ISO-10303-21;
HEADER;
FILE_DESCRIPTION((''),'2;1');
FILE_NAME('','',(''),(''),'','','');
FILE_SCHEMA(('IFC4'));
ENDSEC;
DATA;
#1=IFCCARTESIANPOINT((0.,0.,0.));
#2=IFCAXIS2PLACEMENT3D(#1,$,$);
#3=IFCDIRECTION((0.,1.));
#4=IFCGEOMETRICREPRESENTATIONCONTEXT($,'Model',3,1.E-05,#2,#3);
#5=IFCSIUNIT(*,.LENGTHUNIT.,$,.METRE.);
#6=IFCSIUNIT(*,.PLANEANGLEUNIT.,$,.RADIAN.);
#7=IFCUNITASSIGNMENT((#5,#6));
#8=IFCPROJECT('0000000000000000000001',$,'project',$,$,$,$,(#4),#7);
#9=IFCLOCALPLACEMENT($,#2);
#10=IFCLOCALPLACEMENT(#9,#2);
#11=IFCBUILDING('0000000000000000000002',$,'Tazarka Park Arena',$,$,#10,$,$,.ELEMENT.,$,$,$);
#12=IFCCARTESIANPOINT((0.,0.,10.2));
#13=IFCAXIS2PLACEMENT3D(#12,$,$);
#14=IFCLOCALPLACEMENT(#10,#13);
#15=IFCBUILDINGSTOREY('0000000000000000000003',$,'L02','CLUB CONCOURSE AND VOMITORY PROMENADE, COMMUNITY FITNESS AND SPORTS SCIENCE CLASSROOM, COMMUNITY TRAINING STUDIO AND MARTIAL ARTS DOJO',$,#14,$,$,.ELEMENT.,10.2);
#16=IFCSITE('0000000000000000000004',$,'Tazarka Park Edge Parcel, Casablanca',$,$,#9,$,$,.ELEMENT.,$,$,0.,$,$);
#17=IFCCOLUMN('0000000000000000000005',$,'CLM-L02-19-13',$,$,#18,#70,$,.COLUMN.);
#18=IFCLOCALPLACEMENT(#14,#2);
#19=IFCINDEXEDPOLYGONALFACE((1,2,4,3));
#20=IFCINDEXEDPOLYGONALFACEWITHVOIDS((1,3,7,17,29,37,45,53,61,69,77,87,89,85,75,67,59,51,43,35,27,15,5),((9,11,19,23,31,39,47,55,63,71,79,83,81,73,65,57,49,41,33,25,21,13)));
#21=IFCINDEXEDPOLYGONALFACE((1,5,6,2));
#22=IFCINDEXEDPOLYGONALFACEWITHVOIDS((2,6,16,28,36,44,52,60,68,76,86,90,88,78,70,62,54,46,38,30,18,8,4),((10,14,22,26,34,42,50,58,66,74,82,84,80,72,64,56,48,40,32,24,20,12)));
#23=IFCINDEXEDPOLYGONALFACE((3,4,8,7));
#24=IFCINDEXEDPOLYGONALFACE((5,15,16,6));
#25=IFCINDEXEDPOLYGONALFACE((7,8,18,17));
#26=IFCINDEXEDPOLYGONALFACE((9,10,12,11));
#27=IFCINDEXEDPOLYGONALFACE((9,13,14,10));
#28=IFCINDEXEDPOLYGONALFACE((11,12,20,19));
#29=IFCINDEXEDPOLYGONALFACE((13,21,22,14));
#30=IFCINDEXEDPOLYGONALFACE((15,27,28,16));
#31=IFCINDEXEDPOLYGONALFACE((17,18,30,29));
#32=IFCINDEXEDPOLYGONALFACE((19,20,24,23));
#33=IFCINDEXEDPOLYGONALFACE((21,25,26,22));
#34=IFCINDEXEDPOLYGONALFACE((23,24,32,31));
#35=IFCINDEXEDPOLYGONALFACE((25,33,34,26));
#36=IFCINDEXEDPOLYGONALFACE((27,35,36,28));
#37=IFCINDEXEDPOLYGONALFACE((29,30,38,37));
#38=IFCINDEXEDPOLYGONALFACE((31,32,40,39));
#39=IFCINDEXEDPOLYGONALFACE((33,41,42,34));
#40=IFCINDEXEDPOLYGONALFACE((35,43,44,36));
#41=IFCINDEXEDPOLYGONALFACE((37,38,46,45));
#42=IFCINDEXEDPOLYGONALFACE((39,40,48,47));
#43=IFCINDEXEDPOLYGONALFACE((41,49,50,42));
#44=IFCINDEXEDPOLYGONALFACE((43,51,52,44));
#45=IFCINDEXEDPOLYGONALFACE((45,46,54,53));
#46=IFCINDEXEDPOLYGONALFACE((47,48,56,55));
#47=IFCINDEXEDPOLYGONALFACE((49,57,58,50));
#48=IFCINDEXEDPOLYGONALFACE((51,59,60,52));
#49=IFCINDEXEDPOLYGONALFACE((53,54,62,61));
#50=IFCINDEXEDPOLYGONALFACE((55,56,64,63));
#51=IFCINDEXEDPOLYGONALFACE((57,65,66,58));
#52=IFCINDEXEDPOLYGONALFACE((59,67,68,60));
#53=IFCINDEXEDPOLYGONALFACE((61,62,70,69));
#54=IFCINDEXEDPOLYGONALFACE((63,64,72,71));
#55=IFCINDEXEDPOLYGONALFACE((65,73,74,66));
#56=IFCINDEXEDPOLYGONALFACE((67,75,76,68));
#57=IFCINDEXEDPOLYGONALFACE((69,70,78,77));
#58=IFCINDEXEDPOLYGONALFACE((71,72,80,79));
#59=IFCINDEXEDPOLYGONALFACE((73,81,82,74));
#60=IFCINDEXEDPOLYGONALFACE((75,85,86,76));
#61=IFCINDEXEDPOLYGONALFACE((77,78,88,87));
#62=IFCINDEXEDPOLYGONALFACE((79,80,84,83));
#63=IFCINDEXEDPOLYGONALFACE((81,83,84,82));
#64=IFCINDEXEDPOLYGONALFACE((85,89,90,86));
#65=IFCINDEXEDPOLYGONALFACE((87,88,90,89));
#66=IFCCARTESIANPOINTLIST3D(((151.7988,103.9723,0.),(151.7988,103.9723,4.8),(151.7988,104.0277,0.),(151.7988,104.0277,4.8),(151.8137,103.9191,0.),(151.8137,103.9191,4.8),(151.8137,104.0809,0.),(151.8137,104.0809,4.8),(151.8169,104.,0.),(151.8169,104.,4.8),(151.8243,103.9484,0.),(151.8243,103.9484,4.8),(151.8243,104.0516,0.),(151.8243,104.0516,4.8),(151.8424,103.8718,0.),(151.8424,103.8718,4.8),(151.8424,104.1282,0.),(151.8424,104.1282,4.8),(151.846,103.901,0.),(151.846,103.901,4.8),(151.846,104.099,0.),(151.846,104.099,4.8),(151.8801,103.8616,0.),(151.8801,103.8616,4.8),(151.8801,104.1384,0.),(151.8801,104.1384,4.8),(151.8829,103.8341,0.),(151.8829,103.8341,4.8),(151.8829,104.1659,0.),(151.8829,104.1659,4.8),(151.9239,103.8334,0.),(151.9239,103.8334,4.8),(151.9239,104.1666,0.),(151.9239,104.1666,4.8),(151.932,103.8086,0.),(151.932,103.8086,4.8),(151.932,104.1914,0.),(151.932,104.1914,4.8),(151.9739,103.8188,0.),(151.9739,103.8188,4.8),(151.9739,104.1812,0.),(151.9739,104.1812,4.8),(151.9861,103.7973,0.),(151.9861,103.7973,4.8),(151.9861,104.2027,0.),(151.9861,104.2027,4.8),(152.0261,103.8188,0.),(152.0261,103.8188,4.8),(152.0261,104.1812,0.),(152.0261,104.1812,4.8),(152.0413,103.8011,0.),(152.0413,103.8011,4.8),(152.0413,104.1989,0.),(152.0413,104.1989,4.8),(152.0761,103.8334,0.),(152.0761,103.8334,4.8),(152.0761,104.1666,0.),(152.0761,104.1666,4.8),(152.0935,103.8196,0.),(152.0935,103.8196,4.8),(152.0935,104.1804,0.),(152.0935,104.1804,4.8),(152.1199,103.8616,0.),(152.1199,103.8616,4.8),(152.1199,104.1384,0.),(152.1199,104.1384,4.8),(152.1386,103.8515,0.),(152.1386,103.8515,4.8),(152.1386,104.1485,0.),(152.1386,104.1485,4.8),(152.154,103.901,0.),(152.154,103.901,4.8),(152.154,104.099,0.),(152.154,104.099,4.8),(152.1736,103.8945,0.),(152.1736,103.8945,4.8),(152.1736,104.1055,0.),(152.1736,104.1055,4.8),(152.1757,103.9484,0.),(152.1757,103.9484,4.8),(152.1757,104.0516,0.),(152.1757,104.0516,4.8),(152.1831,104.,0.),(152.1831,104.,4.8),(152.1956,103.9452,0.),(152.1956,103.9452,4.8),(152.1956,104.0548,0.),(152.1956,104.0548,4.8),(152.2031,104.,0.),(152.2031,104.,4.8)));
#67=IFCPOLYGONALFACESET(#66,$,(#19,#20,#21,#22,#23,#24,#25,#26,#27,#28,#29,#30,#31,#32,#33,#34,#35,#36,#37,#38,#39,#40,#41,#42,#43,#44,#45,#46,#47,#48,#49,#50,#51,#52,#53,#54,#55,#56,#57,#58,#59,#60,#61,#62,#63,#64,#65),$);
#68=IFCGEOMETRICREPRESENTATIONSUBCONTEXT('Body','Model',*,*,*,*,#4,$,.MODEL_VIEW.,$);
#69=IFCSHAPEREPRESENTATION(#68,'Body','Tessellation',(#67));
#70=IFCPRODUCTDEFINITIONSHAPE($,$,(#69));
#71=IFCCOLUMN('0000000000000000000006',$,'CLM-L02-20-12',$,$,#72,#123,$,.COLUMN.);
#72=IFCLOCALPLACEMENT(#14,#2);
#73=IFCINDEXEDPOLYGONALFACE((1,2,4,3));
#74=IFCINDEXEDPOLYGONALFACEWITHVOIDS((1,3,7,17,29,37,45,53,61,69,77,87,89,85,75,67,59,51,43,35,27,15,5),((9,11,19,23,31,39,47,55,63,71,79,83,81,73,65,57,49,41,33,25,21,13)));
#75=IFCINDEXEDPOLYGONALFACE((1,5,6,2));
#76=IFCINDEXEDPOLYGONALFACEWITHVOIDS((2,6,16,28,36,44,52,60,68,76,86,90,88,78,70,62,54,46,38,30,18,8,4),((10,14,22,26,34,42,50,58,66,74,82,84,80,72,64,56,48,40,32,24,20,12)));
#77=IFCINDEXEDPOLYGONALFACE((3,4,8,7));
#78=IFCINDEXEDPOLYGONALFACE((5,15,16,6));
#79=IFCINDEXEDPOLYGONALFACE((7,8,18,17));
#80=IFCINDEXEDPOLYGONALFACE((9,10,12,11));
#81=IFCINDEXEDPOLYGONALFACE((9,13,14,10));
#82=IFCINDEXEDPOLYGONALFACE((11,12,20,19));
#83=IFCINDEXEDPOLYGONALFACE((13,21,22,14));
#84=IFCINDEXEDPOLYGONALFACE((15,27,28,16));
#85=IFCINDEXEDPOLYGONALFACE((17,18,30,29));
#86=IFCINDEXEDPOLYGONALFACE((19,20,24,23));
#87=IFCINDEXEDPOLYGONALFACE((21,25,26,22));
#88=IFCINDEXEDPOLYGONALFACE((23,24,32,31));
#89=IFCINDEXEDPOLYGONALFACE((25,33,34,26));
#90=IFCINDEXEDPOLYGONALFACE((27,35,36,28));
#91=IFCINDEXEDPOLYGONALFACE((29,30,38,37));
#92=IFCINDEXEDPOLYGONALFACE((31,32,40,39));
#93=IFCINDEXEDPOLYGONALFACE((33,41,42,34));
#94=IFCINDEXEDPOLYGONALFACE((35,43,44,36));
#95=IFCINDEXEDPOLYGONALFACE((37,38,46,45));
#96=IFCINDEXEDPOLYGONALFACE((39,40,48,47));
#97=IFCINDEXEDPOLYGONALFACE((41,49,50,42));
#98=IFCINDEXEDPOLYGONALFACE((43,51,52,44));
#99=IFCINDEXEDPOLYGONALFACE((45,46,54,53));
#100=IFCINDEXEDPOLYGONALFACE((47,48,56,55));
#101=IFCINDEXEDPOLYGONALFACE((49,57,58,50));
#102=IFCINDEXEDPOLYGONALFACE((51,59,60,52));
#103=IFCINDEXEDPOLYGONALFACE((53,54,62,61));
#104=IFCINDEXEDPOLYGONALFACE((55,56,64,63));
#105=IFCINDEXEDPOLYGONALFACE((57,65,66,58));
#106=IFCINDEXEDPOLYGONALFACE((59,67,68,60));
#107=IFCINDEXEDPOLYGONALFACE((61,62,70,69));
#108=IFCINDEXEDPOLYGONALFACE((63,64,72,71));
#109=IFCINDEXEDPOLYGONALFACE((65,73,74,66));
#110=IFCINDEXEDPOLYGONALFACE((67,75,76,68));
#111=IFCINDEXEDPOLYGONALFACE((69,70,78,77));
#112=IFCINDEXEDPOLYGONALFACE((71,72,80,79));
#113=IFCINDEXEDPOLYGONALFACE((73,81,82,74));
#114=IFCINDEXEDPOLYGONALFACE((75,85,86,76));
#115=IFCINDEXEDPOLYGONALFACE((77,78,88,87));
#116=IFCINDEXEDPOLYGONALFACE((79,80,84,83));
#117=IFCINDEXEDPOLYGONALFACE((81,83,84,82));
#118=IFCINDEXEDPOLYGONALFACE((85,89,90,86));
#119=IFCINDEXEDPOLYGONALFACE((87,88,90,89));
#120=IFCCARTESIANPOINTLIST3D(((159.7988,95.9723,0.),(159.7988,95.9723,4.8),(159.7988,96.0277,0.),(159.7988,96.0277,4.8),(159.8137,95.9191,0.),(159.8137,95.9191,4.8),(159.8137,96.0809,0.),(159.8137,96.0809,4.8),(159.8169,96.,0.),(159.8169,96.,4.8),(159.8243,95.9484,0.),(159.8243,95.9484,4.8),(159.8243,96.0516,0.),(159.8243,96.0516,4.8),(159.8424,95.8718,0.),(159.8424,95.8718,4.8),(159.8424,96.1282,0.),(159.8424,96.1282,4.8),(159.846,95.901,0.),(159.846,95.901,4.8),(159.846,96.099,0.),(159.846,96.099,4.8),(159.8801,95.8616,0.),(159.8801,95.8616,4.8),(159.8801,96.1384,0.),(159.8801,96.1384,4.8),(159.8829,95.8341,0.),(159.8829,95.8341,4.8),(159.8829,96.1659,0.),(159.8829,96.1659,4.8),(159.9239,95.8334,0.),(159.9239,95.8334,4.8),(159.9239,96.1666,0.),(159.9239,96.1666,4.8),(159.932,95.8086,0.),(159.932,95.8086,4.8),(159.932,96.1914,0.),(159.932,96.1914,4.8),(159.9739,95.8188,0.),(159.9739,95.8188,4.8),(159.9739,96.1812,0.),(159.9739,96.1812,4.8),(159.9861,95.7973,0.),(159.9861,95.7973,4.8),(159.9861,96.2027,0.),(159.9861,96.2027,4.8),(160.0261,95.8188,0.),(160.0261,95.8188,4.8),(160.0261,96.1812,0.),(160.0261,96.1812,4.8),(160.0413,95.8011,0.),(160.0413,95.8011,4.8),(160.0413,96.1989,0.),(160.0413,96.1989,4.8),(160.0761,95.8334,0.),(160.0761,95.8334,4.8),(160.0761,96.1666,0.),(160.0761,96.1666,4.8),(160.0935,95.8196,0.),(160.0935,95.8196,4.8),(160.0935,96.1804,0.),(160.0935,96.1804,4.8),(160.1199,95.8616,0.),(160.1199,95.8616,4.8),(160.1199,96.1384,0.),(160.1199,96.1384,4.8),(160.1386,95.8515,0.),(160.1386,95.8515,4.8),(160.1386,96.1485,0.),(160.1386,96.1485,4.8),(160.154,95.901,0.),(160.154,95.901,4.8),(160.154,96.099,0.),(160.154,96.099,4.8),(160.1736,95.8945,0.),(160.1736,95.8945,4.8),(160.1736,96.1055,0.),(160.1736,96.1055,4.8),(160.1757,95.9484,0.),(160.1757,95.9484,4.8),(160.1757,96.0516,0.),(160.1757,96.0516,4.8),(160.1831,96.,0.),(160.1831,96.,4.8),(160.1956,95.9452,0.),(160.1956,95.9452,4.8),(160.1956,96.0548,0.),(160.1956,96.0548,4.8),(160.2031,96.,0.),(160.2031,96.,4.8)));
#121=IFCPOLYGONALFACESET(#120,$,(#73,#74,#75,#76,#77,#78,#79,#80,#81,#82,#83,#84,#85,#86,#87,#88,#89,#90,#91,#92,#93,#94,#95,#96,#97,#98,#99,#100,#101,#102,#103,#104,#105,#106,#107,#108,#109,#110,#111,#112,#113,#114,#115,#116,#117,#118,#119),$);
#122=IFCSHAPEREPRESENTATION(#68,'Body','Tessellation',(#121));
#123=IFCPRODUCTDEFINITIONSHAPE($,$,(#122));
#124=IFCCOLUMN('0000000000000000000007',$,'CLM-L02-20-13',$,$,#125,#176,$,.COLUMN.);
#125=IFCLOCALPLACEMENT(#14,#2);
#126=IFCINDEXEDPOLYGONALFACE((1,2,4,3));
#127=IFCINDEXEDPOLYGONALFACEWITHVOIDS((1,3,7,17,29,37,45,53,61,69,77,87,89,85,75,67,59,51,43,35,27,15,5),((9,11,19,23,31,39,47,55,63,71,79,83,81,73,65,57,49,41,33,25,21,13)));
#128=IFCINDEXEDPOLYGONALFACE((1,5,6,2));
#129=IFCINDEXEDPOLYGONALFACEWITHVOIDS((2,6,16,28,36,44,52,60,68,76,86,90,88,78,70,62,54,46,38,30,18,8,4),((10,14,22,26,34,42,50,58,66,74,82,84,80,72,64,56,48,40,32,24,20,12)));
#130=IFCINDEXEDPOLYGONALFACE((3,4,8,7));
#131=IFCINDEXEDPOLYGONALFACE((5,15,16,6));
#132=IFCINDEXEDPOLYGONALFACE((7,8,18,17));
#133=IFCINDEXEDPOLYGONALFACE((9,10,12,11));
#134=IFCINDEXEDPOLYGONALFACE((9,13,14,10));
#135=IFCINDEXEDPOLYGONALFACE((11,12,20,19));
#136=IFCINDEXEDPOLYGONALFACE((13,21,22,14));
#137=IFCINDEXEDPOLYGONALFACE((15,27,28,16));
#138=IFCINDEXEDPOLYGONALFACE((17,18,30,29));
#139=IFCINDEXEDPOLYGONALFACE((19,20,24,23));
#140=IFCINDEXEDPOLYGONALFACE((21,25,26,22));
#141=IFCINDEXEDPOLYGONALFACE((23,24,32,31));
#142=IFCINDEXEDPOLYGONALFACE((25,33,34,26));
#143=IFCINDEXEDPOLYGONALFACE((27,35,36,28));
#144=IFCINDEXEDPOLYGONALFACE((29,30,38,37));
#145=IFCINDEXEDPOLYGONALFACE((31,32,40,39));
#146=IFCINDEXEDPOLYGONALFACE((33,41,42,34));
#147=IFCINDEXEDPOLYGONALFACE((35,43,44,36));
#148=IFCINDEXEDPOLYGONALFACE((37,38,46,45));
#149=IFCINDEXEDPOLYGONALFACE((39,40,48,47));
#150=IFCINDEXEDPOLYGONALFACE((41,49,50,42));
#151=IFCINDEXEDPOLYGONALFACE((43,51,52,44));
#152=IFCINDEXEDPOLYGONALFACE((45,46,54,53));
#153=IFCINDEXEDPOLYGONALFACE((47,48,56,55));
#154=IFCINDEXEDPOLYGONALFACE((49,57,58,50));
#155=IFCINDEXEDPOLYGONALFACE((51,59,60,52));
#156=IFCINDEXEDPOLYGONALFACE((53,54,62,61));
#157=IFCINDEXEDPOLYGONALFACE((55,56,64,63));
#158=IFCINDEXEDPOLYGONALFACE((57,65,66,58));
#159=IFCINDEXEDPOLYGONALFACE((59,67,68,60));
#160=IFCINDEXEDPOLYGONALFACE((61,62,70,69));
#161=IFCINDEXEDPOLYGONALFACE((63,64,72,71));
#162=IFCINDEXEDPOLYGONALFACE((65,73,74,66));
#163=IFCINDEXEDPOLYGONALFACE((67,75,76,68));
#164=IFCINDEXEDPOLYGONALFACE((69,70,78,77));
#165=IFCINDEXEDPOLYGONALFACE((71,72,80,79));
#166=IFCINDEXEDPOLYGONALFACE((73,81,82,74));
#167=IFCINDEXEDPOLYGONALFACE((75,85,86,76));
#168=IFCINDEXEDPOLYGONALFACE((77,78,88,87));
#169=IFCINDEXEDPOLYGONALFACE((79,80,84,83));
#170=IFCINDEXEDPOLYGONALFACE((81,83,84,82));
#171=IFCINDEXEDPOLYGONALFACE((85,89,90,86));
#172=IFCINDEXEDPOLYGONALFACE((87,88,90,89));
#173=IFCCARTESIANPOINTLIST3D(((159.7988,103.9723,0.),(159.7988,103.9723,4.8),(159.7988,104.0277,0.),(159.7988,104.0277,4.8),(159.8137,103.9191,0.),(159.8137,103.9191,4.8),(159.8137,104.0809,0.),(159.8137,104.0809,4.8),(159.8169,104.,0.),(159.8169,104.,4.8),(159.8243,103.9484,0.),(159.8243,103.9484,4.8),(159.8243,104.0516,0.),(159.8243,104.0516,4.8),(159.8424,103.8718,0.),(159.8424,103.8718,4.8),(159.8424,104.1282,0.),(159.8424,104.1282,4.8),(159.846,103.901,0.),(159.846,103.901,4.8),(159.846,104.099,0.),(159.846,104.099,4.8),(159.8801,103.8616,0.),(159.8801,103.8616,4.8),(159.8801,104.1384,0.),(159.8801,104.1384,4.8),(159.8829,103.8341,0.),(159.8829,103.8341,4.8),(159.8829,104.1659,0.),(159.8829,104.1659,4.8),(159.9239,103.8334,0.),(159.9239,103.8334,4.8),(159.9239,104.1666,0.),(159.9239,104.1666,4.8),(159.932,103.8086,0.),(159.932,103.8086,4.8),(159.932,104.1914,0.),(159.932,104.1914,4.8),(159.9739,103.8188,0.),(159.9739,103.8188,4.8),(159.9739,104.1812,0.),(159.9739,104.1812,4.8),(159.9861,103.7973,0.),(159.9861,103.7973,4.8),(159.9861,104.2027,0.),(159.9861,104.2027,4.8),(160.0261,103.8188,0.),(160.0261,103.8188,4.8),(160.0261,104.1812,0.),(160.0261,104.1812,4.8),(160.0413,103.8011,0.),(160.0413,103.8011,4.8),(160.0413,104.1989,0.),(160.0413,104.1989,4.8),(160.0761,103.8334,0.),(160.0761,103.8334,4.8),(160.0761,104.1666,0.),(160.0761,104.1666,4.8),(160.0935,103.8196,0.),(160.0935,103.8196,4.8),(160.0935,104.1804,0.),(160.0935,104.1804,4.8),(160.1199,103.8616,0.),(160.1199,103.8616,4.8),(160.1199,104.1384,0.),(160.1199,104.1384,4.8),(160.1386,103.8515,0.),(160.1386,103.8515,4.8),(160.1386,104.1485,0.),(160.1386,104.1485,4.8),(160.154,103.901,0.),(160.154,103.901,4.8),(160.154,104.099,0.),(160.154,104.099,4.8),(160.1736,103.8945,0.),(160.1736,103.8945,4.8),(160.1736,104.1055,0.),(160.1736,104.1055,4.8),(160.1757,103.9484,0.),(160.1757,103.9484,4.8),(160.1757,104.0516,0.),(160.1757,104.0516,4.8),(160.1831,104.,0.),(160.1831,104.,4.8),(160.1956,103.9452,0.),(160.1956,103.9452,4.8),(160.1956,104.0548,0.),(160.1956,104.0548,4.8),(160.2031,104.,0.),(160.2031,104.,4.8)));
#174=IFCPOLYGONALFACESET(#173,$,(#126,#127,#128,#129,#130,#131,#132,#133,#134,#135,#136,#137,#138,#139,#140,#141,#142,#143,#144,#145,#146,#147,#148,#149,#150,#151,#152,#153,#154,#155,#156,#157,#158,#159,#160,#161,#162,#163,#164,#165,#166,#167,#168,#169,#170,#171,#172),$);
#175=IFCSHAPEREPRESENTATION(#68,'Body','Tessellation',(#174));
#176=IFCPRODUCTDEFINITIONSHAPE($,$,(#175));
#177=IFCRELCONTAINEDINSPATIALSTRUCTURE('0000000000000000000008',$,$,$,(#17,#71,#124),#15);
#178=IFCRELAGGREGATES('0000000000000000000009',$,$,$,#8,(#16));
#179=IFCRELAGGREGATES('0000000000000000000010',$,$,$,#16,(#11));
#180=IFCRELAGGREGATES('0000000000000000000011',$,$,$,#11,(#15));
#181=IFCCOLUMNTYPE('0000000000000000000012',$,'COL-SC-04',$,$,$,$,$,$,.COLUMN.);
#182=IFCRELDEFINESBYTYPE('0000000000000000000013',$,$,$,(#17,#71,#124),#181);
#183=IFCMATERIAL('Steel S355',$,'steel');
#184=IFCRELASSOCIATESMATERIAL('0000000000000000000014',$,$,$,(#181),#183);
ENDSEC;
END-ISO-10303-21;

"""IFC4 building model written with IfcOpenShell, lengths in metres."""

from ifc_helpers import new_model, si_unit, direction, frame, origin, origin_2d, place, context, subcontext, project, spatial, hollow_circle, extrude, material, material_profile, profile_set, type_object, element, save


model = new_model("IFC4")

# Units and contexts
model_context = context("Model", 3, precision=1e-05, world=origin(), true_north=direction((0.0, 1.0)))
body_context = subcontext(model_context, "Body", "Model", "MODEL_VIEW")
ifc_project = project(units=[si_unit("LENGTHUNIT", "METRE"), si_unit("PLANEANGLEUNIT", "RADIAN")], contexts=[model_context])

# Site, building, storey
site_placement = place(None, origin())
site = spatial("IfcSite", under=ifc_project, at=site_placement, Name="Tazarka Park Edge Parcel, Casablanca", CompositionType="ELEMENT", RefElevation=0.0)
building_placement = place(site_placement, origin())
building = spatial("IfcBuilding", under=site, at=building_placement, Name="Tazarka Park Arena", CompositionType="ELEMENT")
storey_placement = place(building_placement, frame((0.0, 0.0, 10.2)))
storey = spatial("IfcBuildingStorey", under=building, at=storey_placement, Name="L02", Description="CLUB CONCOURSE AND VOMITORY PROMENADE, COMMUNITY FITNESS AND SPORTS SCIENCE CLASSROOM, COMMUNITY TRAINING STUDIO AND MARTIAL ARTS DOJO", CompositionType="ELEMENT", Elevation=10.2)

# Columns
ifc_material_1 = material(Name="Steel S355", Category="steel")
ifc_material_profile_1 = material_profile(ifc_material_1, hollow_circle(Radius=0.2031, WallThickness=0.02, at=origin_2d()), Name="Steel S355")
ifc_profile_set_1 = profile_set([ifc_material_profile_1], Name="Steel S355")
column_type = type_object("IfcColumnType", Name="COL-SC-04", PredefinedType="COLUMN", material=ifc_profile_set_1)
for number, where, z_axis, x_axis, name in (
    (1, (152.0, 104.0, 0.0), (0.0, 0.0, 1.0), (1.0, 0.0, 0.0), "CLM-L02-19-13"),
    (2, (160.0, 96.0, 0.0), (0.0, 0.0, 1.0), (1.0, 0.0, 0.0), "CLM-L02-20-12"),
    (3, (160.0, 104.0, 0.0), (0.0, 0.0, 1.0), (1.0, 0.0, 0.0), "CLM-L02-20-13"),
):
    element("IfcColumn", number, at=place(storey_placement, frame(where, z_axis=z_axis, x_axis=x_axis)), inside=storey, type_object=column_type, Name=name, PredefinedType="COLUMN", context=body_context, shape_type="SweptSolid", body=[
        extrude(hollow_circle(Radius=0.2031, WallThickness=0.02, at=origin_2d()), origin(), (0.0, 0.0, 1.0), 4.8),
    ])

save(model, "model.ifc")
